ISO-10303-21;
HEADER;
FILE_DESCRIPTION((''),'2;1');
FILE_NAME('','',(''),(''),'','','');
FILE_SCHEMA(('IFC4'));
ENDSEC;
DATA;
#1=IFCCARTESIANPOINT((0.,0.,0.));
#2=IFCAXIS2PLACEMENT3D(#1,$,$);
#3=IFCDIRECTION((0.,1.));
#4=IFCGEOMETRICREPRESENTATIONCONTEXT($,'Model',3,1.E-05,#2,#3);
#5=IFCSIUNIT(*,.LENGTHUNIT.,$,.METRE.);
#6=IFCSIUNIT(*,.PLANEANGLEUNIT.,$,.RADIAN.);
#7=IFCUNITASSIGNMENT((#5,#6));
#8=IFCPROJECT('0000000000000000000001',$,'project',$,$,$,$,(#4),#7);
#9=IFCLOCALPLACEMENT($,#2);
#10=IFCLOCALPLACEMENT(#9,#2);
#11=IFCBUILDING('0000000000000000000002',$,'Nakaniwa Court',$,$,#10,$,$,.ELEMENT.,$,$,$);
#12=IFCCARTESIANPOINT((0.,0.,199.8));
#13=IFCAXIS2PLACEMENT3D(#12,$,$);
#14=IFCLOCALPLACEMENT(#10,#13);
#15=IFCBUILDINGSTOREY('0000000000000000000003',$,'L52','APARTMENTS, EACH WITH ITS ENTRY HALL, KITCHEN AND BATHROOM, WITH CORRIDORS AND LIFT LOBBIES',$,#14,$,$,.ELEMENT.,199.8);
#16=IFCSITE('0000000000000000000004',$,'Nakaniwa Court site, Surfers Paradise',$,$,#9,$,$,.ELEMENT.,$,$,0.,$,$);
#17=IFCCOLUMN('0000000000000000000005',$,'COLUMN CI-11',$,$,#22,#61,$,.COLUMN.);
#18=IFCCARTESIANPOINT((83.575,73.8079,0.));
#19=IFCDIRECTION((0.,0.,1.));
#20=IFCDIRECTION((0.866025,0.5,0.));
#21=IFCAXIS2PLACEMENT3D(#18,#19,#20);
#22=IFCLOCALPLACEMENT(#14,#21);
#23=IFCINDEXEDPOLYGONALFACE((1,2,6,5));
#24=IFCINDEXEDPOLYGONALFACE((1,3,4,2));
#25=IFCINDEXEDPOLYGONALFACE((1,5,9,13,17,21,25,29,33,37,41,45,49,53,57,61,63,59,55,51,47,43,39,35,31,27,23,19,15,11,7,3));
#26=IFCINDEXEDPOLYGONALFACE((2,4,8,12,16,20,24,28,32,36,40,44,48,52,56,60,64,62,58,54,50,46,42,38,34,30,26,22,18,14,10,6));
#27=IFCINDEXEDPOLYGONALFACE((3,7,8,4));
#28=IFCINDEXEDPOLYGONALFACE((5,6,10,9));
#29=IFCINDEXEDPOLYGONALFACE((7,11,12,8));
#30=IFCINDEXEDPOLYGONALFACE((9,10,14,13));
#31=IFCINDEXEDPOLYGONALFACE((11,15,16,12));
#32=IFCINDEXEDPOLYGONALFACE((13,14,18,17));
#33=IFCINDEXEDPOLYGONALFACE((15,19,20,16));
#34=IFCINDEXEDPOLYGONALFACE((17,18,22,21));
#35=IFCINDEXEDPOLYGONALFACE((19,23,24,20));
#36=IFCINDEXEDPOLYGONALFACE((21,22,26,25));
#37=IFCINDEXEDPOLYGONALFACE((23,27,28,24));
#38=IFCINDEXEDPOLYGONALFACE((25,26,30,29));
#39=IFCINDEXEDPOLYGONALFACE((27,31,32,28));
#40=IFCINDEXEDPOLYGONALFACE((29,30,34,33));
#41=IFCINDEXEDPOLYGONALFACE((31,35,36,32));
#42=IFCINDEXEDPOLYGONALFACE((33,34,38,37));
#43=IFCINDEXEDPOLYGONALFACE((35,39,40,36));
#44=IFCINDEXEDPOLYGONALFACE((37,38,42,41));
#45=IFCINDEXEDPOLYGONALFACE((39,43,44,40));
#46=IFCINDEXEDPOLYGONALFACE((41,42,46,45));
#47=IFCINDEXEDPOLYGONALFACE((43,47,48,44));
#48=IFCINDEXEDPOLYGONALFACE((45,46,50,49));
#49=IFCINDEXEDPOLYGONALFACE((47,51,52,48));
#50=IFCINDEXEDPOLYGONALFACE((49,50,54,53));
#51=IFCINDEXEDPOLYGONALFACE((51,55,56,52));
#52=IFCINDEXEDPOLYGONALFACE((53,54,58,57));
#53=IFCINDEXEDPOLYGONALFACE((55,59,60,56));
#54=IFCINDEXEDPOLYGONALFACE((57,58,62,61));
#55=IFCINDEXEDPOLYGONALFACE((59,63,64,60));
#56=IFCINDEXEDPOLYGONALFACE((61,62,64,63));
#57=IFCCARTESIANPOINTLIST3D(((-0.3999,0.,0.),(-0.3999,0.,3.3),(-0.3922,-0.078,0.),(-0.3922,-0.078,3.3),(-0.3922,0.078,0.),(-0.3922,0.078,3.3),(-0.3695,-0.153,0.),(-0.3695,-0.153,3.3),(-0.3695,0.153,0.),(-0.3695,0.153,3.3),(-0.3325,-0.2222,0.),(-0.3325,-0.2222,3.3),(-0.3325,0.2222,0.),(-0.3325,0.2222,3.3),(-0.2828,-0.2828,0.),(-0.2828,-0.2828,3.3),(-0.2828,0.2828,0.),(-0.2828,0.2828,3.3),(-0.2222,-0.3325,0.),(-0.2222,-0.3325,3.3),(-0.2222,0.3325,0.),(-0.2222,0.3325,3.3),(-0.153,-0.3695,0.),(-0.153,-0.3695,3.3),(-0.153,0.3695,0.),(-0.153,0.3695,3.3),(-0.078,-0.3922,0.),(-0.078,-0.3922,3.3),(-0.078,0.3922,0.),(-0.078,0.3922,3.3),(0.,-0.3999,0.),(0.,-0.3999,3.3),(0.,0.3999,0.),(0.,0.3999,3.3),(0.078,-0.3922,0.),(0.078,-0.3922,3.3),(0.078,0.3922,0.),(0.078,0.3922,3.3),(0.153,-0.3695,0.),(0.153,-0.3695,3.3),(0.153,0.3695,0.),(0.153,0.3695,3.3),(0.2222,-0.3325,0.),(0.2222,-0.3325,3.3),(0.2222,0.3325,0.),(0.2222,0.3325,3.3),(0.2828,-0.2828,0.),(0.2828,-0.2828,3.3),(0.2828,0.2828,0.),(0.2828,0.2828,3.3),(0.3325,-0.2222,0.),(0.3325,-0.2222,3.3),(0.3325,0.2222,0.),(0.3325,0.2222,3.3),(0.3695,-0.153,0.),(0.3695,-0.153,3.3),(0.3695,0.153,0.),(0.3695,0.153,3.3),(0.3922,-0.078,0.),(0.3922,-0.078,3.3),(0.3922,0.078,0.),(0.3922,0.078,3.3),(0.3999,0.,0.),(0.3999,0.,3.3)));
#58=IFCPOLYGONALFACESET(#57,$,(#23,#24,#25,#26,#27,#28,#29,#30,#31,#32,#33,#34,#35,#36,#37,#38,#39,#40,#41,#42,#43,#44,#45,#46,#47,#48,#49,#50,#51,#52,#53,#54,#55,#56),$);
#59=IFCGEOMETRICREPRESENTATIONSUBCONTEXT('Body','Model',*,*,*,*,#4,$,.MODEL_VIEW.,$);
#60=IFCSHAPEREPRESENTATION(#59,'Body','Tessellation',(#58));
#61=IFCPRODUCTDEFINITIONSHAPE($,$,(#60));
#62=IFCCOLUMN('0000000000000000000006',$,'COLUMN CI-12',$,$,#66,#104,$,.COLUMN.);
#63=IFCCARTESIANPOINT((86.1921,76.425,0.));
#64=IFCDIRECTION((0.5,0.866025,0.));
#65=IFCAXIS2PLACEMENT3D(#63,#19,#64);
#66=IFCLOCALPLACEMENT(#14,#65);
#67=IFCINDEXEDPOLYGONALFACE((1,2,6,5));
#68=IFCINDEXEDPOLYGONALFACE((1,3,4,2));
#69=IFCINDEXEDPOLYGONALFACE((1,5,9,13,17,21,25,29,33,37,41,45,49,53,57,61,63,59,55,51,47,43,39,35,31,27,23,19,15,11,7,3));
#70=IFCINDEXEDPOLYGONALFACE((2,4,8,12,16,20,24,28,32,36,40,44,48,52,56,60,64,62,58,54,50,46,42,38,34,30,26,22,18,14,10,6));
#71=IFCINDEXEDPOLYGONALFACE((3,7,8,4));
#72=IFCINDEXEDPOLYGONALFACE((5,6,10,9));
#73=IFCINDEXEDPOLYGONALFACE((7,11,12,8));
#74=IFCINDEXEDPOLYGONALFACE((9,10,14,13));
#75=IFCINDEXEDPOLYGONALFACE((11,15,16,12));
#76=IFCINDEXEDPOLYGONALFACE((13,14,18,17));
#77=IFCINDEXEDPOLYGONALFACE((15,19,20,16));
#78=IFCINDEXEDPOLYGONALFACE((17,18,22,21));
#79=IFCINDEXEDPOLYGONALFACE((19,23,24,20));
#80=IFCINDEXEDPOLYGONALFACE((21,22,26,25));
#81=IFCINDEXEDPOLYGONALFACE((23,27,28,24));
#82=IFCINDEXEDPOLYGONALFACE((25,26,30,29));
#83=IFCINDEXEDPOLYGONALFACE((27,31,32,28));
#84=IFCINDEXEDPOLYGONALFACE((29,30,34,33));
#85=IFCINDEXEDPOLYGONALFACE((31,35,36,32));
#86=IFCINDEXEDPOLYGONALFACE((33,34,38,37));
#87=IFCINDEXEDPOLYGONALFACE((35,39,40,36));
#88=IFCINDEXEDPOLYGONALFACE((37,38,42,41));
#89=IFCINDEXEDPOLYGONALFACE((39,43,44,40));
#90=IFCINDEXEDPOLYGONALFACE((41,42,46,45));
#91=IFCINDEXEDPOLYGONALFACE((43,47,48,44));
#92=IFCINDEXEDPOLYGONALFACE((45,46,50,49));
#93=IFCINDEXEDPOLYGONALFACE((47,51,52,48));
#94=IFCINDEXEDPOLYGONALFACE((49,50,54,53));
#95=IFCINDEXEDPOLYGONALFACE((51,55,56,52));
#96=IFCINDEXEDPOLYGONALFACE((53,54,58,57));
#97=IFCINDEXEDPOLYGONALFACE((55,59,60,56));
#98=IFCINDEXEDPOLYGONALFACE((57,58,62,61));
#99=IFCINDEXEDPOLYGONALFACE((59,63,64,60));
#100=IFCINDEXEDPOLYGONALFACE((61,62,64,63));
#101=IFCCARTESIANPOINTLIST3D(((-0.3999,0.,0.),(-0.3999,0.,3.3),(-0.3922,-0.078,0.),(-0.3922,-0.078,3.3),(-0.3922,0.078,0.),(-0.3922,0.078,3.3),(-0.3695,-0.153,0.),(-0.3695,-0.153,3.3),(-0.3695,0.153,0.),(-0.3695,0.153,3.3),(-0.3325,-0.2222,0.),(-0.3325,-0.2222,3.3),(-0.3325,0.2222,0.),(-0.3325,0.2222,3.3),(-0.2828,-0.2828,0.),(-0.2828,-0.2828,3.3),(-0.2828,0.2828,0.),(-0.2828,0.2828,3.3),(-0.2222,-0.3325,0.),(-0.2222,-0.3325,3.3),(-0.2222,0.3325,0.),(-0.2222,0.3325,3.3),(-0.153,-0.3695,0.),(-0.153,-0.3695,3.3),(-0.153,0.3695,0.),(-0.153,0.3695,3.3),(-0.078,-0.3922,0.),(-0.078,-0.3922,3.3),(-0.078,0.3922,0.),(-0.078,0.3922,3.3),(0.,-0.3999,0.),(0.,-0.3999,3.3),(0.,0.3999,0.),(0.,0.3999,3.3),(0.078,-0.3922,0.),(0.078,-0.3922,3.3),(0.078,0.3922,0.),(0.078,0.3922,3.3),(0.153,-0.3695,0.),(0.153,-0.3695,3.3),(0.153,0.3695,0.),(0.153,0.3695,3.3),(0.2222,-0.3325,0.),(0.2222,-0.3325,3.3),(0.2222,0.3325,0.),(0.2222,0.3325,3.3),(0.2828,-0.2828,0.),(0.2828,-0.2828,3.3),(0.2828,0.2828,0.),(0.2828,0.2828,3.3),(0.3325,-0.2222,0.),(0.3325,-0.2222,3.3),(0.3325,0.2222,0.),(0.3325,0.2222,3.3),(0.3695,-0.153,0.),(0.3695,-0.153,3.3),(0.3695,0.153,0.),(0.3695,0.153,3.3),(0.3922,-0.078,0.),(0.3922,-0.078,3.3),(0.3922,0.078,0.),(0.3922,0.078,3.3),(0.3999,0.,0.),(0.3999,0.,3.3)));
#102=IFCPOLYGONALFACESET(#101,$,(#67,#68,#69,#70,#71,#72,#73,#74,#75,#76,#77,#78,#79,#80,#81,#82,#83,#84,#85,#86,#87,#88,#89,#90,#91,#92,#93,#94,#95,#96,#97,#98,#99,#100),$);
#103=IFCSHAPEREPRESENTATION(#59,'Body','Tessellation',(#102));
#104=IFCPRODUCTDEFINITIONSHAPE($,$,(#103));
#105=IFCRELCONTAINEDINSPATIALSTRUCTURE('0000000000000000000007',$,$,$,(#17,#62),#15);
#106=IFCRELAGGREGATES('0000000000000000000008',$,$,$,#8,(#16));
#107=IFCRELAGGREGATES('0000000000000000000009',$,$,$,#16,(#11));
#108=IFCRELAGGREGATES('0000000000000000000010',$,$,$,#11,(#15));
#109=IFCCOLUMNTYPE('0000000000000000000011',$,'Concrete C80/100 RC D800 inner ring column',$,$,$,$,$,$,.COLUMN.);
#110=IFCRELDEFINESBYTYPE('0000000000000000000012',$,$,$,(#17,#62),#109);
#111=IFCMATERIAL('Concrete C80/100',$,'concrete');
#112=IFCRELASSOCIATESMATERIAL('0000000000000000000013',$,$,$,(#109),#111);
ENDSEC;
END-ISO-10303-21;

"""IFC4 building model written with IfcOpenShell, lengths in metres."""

from ifc_helpers import new_model, si_unit, direction, frame, origin, origin_2d, place, context, subcontext, project, spatial, circle, extrude, material, material_profile, profile_set, type_object, element, save


model = new_model("IFC4")

# Units and contexts
model_context = context("Model", 3, precision=1e-05, world=origin(), true_north=direction((0.0, 1.0)))
body_context = subcontext(model_context, "Body", "Model", "MODEL_VIEW")
ifc_project = project(units=[si_unit("LENGTHUNIT", "METRE"), si_unit("PLANEANGLEUNIT", "RADIAN")], contexts=[model_context])

# Site, building, storey
site_placement = place(None, origin())
site = spatial("IfcSite", under=ifc_project, at=site_placement, Name="Nakaniwa Court site, Surfers Paradise", CompositionType="ELEMENT", RefElevation=0.0)
building_placement = place(site_placement, origin())
building = spatial("IfcBuilding", under=site, at=building_placement, Name="Nakaniwa Court", CompositionType="ELEMENT")
storey_placement = place(building_placement, frame((0.0, 0.0, 199.8)))
storey = spatial("IfcBuildingStorey", under=building, at=storey_placement, Name="L52", Description="APARTMENTS, EACH WITH ITS ENTRY HALL, KITCHEN AND BATHROOM, WITH CORRIDORS AND LIFT LOBBIES", CompositionType="ELEMENT", Elevation=199.8)

# Columns
ifc_material_1 = material(Name="Concrete C80/100", Category="concrete")
ifc_material_profile_1 = material_profile(ifc_material_1, circle(Radius=0.3999, at=origin_2d()), Name="Concrete C80/100 RC D800 inner ring column")
ifc_profile_set_1 = profile_set([ifc_material_profile_1], Name="Concrete C80/100")
column_type_1 = type_object("IfcColumnType", Name="Concrete C80/100 RC D800 inner ring column", PredefinedType="COLUMN", material=ifc_profile_set_1)
for number, where, z_axis, x_axis, name in (
    (1, (83.575, 73.8079, 0.0), (0.0, 0.0, 1.0), (0.866025, 0.5, 0.0), "COLUMN CI-11"),
    (2, (86.1921, 76.425, 0.0), (0.0, 0.0, 1.0), (0.5, 0.866025, 0.0), "COLUMN CI-12"),
):
    element("IfcColumn", number, at=place(storey_placement, frame(where, z_axis=z_axis, x_axis=x_axis)), inside=storey, type_object=column_type_1, Name=name, PredefinedType="COLUMN", context=body_context, shape_type="SweptSolid", body=[
        extrude(circle(Radius=0.3999, at=origin_2d()), origin(), (0.0, 0.0, 1.0), 3.3),
    ])

save(model, "model.ifc")
